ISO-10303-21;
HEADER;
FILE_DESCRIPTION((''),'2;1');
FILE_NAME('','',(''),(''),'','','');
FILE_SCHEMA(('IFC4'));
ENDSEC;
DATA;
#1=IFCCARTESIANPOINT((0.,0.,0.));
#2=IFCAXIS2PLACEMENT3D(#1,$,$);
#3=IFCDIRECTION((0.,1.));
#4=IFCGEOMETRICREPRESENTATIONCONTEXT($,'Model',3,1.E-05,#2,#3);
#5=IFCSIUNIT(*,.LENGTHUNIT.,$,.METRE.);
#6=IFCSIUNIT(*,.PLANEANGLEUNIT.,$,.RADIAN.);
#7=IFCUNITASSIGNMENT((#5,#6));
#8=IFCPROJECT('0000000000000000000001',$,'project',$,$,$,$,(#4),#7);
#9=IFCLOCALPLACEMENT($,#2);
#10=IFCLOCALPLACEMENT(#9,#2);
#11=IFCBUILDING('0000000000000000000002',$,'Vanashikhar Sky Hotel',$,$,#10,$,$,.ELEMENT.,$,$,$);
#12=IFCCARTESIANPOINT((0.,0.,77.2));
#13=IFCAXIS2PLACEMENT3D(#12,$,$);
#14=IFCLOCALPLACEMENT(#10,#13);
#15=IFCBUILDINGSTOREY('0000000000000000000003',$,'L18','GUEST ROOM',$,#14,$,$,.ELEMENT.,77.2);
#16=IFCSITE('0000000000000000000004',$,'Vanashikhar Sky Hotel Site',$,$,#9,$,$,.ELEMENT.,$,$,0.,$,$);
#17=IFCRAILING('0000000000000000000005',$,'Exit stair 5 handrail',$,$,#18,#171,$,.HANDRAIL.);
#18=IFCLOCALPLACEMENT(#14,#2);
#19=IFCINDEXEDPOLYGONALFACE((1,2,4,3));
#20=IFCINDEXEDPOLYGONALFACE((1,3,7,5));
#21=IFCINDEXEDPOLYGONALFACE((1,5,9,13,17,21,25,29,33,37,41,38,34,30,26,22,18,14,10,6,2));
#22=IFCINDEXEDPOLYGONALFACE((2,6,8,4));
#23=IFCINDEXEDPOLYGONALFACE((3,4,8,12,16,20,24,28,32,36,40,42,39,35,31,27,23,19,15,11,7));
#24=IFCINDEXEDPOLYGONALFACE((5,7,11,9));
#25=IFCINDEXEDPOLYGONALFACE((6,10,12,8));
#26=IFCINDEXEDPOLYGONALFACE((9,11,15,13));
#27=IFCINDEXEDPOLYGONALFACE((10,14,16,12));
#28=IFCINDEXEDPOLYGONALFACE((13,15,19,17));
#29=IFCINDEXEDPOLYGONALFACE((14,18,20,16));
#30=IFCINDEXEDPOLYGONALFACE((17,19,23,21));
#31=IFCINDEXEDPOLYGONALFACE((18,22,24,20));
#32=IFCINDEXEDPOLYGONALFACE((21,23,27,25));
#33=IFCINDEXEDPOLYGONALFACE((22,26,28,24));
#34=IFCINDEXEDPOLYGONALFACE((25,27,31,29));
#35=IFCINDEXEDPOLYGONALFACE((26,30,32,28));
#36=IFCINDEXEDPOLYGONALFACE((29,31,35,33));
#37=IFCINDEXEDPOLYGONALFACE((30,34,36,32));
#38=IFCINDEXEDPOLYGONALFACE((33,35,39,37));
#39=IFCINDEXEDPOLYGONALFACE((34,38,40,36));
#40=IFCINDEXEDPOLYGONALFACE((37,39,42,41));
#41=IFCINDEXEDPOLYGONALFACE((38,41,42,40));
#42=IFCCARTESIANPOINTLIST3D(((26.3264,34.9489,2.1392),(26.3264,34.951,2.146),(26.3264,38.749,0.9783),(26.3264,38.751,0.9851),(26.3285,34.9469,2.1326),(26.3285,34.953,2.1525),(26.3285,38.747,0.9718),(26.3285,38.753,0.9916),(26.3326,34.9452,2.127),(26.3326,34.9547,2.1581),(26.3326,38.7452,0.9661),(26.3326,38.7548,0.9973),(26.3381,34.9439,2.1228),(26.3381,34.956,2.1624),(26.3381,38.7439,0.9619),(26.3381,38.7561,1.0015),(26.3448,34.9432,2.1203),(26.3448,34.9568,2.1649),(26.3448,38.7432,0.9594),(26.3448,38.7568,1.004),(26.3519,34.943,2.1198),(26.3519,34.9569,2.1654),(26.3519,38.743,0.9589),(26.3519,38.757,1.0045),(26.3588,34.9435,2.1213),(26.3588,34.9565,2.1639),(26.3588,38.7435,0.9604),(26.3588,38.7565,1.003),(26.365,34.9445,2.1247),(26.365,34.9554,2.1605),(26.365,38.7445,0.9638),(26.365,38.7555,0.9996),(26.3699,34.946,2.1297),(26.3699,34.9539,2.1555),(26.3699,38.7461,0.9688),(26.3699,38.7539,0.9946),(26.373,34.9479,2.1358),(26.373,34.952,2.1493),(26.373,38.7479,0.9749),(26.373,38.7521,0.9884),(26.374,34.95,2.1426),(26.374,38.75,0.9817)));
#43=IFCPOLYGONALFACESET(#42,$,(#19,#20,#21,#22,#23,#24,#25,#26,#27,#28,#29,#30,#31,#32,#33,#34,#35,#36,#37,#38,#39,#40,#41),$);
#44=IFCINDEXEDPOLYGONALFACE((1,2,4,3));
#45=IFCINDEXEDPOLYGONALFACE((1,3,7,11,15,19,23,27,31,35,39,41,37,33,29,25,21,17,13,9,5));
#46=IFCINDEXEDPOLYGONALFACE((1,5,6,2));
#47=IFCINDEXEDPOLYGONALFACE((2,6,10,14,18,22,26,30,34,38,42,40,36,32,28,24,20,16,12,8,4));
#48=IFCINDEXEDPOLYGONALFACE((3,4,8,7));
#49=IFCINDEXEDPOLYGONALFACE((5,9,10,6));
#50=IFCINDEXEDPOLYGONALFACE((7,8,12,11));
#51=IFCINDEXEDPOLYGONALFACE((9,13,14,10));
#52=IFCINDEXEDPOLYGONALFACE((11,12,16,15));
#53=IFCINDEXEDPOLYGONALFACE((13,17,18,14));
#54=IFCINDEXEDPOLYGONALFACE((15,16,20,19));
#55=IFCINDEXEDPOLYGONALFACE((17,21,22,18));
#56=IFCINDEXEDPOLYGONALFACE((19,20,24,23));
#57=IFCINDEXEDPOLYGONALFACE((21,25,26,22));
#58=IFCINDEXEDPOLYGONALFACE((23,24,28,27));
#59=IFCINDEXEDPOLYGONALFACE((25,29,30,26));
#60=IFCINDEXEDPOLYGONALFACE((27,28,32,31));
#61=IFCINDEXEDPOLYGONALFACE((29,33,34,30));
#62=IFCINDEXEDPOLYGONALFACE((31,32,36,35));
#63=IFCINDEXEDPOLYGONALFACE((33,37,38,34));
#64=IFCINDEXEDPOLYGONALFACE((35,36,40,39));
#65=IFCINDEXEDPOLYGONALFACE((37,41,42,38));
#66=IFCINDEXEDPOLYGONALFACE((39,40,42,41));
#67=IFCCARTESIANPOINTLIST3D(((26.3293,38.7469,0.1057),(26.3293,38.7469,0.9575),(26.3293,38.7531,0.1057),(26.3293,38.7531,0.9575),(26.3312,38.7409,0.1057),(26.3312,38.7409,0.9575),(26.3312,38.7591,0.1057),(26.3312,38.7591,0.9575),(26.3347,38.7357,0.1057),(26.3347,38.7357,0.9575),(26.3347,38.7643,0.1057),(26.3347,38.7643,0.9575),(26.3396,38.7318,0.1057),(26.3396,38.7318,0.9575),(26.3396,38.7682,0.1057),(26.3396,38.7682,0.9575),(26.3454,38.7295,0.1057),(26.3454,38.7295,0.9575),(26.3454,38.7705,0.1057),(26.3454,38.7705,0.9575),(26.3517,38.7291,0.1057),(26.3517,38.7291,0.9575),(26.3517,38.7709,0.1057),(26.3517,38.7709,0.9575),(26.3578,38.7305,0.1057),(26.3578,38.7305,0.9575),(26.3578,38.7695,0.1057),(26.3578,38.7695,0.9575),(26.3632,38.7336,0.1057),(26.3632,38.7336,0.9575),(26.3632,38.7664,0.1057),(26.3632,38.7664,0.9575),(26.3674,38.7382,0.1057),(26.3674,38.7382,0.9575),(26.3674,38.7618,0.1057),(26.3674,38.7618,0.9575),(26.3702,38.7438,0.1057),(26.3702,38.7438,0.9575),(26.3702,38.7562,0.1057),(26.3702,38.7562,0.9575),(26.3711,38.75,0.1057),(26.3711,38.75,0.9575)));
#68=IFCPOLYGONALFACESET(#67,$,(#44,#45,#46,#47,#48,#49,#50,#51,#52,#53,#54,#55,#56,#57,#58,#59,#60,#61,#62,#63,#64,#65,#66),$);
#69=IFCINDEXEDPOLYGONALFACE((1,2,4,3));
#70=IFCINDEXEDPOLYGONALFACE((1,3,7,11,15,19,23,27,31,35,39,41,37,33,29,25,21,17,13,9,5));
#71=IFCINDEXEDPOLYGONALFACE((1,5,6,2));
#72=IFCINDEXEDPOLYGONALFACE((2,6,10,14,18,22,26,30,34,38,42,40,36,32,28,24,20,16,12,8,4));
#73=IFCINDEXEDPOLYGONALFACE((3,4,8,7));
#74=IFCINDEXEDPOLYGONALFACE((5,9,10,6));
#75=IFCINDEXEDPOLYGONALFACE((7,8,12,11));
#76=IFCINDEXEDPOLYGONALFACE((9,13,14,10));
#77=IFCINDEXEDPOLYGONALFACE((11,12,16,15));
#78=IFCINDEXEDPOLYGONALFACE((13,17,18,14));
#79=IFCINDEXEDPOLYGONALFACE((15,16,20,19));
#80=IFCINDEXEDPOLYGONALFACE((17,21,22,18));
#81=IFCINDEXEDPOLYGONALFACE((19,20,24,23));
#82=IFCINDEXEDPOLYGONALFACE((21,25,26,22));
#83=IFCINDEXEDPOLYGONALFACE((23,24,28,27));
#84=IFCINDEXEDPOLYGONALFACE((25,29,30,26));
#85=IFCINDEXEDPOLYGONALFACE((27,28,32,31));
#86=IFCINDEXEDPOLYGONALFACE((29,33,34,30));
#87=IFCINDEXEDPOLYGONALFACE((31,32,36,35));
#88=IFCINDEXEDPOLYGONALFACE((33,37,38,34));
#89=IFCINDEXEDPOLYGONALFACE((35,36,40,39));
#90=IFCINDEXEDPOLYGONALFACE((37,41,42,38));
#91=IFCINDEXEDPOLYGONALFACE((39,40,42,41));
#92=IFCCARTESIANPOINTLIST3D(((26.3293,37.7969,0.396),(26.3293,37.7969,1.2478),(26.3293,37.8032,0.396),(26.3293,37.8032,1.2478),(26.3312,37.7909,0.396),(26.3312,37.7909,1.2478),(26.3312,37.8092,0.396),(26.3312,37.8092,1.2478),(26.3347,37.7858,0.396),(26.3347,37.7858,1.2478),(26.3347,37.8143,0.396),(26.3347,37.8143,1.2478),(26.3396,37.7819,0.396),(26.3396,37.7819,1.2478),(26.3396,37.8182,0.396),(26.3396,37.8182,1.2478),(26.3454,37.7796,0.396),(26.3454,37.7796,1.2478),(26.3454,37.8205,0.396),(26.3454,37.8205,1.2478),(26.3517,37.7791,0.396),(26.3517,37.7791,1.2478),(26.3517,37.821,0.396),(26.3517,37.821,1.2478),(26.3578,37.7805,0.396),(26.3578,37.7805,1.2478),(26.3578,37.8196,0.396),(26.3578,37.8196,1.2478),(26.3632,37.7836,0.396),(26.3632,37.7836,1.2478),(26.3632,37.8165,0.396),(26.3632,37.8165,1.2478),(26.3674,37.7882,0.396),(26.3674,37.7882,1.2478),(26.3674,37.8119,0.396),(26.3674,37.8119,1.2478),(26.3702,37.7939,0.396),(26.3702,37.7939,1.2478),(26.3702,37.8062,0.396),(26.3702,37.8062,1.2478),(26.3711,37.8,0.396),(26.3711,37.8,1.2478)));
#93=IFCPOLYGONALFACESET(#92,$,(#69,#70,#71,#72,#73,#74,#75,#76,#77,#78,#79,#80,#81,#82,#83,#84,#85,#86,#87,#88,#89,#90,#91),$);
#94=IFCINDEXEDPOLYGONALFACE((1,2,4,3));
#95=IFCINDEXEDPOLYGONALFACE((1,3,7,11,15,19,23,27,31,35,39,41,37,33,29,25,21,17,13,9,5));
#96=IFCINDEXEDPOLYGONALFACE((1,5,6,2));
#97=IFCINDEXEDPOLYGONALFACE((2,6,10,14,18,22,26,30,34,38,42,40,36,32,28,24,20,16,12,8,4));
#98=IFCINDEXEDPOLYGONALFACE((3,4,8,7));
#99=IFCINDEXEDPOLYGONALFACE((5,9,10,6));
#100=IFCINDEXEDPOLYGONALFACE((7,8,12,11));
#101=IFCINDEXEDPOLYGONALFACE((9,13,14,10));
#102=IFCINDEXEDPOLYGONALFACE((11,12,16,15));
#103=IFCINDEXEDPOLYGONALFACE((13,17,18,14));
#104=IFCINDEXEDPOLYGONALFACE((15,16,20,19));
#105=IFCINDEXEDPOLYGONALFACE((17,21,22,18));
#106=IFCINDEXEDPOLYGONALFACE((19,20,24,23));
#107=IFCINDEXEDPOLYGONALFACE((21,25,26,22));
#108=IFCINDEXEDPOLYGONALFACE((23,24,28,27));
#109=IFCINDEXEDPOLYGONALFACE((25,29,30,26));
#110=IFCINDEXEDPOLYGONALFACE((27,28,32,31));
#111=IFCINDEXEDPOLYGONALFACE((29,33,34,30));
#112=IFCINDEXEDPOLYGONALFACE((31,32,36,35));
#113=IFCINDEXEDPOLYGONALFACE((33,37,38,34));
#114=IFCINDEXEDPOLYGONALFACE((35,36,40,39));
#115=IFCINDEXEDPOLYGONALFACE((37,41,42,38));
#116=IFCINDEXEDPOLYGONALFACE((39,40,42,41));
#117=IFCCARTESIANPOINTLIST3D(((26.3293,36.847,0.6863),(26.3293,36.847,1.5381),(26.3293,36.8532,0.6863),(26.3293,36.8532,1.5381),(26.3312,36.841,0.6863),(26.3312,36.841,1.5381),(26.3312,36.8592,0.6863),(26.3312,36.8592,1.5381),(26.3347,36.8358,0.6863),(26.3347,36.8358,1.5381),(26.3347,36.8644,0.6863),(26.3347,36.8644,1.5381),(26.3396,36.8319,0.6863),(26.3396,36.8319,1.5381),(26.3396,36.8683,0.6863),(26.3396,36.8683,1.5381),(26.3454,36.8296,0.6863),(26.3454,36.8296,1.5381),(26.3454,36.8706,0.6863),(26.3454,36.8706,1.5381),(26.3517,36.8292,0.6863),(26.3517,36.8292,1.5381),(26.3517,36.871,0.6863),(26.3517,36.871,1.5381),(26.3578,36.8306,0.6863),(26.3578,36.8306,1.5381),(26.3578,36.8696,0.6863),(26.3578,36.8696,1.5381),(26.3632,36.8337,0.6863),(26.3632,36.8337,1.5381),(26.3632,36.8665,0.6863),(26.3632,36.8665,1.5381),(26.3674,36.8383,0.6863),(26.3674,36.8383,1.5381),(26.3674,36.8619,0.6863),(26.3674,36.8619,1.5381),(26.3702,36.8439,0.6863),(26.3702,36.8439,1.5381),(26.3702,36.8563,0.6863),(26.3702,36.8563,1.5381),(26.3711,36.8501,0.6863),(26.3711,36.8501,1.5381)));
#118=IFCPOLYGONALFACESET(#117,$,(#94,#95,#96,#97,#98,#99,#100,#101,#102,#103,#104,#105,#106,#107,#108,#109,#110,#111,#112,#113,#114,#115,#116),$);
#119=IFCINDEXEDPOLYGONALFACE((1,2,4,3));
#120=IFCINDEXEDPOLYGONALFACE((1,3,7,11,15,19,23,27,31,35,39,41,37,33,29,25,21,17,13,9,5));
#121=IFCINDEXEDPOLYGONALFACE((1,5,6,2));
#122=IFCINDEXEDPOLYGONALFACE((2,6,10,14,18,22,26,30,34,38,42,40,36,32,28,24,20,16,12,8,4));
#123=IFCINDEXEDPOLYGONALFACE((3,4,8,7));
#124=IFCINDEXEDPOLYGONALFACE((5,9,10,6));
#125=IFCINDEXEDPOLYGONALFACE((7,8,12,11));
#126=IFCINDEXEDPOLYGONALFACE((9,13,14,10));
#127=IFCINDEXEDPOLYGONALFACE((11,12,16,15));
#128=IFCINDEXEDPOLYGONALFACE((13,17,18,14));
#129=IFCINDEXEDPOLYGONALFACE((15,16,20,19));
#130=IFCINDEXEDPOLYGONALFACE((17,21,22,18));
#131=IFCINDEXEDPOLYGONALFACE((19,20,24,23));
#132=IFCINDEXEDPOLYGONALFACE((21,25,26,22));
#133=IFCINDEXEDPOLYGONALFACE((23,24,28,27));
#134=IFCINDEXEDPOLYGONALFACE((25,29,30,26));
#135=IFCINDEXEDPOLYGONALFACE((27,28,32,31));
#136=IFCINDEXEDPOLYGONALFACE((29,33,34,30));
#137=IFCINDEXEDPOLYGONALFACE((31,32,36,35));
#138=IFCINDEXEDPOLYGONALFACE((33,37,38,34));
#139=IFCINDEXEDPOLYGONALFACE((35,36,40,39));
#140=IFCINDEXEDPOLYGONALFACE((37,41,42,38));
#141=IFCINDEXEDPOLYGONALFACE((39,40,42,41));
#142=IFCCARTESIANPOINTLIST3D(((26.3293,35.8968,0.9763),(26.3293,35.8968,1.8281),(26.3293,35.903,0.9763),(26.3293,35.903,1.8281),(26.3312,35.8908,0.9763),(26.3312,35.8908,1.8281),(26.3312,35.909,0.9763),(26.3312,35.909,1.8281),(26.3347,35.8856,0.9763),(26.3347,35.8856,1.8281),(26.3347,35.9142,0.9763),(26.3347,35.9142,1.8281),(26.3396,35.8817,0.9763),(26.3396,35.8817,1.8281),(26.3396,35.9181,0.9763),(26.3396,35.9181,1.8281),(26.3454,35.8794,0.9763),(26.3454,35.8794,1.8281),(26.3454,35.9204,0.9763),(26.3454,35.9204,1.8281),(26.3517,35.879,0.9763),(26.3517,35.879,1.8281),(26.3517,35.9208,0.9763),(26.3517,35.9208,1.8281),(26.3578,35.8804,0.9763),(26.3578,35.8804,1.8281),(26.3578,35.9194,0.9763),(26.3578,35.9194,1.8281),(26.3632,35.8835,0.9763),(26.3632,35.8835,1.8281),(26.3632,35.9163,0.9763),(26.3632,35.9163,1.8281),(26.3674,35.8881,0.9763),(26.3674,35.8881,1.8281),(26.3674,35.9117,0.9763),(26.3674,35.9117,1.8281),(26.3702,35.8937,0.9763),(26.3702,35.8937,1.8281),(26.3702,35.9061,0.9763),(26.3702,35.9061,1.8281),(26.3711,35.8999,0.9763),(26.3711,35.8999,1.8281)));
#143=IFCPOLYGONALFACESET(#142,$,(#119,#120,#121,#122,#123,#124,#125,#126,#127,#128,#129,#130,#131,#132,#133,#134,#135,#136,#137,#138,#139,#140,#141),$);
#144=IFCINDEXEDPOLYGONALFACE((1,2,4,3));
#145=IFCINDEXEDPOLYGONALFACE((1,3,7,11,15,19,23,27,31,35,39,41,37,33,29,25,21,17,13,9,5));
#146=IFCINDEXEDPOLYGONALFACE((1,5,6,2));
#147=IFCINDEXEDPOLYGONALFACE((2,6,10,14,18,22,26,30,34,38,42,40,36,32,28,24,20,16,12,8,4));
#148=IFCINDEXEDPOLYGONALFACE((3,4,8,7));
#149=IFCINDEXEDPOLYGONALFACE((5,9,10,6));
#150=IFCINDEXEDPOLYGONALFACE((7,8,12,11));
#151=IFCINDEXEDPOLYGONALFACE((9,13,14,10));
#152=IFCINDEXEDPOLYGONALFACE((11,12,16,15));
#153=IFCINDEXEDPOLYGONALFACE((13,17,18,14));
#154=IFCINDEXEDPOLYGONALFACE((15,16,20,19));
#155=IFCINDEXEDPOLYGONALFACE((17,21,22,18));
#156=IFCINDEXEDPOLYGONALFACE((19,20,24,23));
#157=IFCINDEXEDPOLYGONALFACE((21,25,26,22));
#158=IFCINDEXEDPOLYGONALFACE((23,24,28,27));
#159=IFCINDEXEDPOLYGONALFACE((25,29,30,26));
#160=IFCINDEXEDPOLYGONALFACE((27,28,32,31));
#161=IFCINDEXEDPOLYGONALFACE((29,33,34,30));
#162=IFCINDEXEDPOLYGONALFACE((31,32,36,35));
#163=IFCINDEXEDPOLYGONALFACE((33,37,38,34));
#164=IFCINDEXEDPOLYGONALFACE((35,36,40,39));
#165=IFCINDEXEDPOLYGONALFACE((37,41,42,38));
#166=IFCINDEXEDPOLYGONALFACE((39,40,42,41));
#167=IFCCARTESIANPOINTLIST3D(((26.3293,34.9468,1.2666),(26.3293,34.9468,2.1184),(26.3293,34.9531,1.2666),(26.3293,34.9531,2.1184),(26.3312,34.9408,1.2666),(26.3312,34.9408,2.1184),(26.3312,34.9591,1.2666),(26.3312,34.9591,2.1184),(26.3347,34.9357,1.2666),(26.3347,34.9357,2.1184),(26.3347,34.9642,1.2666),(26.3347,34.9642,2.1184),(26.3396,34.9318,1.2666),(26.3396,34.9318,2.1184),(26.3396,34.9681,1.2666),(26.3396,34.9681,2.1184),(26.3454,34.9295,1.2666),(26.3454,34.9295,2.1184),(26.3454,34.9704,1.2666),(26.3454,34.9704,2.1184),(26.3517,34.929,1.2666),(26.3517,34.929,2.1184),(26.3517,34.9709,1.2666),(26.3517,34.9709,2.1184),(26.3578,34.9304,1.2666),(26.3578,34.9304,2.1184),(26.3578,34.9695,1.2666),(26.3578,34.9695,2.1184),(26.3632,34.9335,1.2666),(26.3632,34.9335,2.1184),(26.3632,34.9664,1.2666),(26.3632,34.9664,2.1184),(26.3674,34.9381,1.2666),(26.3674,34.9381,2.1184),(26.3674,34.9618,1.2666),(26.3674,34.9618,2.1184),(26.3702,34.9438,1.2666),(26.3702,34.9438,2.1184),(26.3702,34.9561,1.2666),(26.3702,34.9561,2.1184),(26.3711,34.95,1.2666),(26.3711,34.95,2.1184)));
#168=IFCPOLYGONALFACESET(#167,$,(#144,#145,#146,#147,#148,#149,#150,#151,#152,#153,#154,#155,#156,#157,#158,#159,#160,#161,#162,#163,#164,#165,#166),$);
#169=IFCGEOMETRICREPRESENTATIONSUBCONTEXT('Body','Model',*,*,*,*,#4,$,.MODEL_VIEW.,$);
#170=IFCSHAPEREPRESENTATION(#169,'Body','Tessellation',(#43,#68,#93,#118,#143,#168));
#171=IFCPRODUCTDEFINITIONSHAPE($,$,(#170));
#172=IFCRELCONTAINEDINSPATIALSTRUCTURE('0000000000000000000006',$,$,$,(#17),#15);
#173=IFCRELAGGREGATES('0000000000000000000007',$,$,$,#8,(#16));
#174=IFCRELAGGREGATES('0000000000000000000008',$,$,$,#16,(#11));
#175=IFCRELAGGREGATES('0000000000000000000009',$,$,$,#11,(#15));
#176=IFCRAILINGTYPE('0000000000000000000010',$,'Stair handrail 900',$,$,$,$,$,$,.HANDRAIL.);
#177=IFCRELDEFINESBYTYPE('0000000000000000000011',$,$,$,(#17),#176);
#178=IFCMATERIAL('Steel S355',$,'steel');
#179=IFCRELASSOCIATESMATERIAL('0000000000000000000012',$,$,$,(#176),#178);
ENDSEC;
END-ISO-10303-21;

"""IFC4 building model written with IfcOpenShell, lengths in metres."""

from ifc_helpers import new_model, si_unit, direction, frame, origin, origin_2d, place, context, subcontext, project, spatial, circle, extrude, source, transform, mapped, material, type_object, element, save


model = new_model("IFC4")

# Units and contexts
model_context = context("Model", 3, precision=1e-05, world=origin(), true_north=direction((0.0, 1.0)))
body_context = subcontext(model_context, "Body", "Model", "MODEL_VIEW")
ifc_project = project(units=[si_unit("LENGTHUNIT", "METRE"), si_unit("PLANEANGLEUNIT", "RADIAN")], contexts=[model_context])

# Site, building, storey
site_placement = place(None, origin())
site = spatial("IfcSite", under=ifc_project, at=site_placement, Name="Vanashikhar Sky Hotel Site", CompositionType="ELEMENT", RefElevation=0.0)
building_placement = place(site_placement, origin())
building = spatial("IfcBuilding", under=site, at=building_placement, Name="Vanashikhar Sky Hotel", CompositionType="ELEMENT")
storey_placement = place(building_placement, frame((0.0, 0.0, 77.2)))
storey = spatial("IfcBuildingStorey", under=building, at=storey_placement, Name="L18", Description="GUEST ROOM", CompositionType="ELEMENT", Elevation=77.2)

# Railing
ifc_material_1 = material(Name="Steel S355", Category="steel")
railing_type = type_object("IfcRailingType", Name="Stair handrail 900", PredefinedType="HANDRAIL", material=ifc_material_1)
shared_shape_1 = source(origin(), body_context, "Body", "SweptSolid", [
    extrude(circle(Radius=0.0239, at=origin_2d()), frame((0.0, 0.0, 0.876), z_axis=(0.0, -0.956368, 0.292164), x_axis=(1.0, 0.0, 0.0)), (0.0, 0.0, 1.0), 3.9734),
    extrude(circle(Radius=0.021, at=origin_2d()), origin(), (0.0, 0.0, 1.0), 0.8518),
    extrude(circle(Radius=0.021, at=origin_2d()), frame((0.0, -0.95, 0.2903)), (0.0, 0.0, 1.0), 0.8518),
    extrude(circle(Radius=0.021, at=origin_2d()), frame((0.0, -1.8999, 0.5806)), (0.0, 0.0, 1.0), 0.8518),
    extrude(circle(Radius=0.021, at=origin_2d()), frame((0.0, -2.8501, 0.8706)), (0.0, 0.0, 1.0), 0.8518),
    extrude(circle(Radius=0.021, at=origin_2d()), frame((0.0, -3.8, 1.1609)), (0.0, 0.0, 1.0), 0.8518),
])
railing_1_placement = place(storey_placement, frame((26.3501, 38.75, 0.1057)))
element("IfcRailing", 1, at=railing_1_placement, inside=storey, type_object=railing_type, Name="Exit stair 5 handrail", PredefinedType="HANDRAIL", context=body_context, shape_type="MappedRepresentation", body=[
    mapped(shared_shape_1, transform((0.0, 0.0, 0.0), scale=1.0)),
])

save(model, "model.ifc")
